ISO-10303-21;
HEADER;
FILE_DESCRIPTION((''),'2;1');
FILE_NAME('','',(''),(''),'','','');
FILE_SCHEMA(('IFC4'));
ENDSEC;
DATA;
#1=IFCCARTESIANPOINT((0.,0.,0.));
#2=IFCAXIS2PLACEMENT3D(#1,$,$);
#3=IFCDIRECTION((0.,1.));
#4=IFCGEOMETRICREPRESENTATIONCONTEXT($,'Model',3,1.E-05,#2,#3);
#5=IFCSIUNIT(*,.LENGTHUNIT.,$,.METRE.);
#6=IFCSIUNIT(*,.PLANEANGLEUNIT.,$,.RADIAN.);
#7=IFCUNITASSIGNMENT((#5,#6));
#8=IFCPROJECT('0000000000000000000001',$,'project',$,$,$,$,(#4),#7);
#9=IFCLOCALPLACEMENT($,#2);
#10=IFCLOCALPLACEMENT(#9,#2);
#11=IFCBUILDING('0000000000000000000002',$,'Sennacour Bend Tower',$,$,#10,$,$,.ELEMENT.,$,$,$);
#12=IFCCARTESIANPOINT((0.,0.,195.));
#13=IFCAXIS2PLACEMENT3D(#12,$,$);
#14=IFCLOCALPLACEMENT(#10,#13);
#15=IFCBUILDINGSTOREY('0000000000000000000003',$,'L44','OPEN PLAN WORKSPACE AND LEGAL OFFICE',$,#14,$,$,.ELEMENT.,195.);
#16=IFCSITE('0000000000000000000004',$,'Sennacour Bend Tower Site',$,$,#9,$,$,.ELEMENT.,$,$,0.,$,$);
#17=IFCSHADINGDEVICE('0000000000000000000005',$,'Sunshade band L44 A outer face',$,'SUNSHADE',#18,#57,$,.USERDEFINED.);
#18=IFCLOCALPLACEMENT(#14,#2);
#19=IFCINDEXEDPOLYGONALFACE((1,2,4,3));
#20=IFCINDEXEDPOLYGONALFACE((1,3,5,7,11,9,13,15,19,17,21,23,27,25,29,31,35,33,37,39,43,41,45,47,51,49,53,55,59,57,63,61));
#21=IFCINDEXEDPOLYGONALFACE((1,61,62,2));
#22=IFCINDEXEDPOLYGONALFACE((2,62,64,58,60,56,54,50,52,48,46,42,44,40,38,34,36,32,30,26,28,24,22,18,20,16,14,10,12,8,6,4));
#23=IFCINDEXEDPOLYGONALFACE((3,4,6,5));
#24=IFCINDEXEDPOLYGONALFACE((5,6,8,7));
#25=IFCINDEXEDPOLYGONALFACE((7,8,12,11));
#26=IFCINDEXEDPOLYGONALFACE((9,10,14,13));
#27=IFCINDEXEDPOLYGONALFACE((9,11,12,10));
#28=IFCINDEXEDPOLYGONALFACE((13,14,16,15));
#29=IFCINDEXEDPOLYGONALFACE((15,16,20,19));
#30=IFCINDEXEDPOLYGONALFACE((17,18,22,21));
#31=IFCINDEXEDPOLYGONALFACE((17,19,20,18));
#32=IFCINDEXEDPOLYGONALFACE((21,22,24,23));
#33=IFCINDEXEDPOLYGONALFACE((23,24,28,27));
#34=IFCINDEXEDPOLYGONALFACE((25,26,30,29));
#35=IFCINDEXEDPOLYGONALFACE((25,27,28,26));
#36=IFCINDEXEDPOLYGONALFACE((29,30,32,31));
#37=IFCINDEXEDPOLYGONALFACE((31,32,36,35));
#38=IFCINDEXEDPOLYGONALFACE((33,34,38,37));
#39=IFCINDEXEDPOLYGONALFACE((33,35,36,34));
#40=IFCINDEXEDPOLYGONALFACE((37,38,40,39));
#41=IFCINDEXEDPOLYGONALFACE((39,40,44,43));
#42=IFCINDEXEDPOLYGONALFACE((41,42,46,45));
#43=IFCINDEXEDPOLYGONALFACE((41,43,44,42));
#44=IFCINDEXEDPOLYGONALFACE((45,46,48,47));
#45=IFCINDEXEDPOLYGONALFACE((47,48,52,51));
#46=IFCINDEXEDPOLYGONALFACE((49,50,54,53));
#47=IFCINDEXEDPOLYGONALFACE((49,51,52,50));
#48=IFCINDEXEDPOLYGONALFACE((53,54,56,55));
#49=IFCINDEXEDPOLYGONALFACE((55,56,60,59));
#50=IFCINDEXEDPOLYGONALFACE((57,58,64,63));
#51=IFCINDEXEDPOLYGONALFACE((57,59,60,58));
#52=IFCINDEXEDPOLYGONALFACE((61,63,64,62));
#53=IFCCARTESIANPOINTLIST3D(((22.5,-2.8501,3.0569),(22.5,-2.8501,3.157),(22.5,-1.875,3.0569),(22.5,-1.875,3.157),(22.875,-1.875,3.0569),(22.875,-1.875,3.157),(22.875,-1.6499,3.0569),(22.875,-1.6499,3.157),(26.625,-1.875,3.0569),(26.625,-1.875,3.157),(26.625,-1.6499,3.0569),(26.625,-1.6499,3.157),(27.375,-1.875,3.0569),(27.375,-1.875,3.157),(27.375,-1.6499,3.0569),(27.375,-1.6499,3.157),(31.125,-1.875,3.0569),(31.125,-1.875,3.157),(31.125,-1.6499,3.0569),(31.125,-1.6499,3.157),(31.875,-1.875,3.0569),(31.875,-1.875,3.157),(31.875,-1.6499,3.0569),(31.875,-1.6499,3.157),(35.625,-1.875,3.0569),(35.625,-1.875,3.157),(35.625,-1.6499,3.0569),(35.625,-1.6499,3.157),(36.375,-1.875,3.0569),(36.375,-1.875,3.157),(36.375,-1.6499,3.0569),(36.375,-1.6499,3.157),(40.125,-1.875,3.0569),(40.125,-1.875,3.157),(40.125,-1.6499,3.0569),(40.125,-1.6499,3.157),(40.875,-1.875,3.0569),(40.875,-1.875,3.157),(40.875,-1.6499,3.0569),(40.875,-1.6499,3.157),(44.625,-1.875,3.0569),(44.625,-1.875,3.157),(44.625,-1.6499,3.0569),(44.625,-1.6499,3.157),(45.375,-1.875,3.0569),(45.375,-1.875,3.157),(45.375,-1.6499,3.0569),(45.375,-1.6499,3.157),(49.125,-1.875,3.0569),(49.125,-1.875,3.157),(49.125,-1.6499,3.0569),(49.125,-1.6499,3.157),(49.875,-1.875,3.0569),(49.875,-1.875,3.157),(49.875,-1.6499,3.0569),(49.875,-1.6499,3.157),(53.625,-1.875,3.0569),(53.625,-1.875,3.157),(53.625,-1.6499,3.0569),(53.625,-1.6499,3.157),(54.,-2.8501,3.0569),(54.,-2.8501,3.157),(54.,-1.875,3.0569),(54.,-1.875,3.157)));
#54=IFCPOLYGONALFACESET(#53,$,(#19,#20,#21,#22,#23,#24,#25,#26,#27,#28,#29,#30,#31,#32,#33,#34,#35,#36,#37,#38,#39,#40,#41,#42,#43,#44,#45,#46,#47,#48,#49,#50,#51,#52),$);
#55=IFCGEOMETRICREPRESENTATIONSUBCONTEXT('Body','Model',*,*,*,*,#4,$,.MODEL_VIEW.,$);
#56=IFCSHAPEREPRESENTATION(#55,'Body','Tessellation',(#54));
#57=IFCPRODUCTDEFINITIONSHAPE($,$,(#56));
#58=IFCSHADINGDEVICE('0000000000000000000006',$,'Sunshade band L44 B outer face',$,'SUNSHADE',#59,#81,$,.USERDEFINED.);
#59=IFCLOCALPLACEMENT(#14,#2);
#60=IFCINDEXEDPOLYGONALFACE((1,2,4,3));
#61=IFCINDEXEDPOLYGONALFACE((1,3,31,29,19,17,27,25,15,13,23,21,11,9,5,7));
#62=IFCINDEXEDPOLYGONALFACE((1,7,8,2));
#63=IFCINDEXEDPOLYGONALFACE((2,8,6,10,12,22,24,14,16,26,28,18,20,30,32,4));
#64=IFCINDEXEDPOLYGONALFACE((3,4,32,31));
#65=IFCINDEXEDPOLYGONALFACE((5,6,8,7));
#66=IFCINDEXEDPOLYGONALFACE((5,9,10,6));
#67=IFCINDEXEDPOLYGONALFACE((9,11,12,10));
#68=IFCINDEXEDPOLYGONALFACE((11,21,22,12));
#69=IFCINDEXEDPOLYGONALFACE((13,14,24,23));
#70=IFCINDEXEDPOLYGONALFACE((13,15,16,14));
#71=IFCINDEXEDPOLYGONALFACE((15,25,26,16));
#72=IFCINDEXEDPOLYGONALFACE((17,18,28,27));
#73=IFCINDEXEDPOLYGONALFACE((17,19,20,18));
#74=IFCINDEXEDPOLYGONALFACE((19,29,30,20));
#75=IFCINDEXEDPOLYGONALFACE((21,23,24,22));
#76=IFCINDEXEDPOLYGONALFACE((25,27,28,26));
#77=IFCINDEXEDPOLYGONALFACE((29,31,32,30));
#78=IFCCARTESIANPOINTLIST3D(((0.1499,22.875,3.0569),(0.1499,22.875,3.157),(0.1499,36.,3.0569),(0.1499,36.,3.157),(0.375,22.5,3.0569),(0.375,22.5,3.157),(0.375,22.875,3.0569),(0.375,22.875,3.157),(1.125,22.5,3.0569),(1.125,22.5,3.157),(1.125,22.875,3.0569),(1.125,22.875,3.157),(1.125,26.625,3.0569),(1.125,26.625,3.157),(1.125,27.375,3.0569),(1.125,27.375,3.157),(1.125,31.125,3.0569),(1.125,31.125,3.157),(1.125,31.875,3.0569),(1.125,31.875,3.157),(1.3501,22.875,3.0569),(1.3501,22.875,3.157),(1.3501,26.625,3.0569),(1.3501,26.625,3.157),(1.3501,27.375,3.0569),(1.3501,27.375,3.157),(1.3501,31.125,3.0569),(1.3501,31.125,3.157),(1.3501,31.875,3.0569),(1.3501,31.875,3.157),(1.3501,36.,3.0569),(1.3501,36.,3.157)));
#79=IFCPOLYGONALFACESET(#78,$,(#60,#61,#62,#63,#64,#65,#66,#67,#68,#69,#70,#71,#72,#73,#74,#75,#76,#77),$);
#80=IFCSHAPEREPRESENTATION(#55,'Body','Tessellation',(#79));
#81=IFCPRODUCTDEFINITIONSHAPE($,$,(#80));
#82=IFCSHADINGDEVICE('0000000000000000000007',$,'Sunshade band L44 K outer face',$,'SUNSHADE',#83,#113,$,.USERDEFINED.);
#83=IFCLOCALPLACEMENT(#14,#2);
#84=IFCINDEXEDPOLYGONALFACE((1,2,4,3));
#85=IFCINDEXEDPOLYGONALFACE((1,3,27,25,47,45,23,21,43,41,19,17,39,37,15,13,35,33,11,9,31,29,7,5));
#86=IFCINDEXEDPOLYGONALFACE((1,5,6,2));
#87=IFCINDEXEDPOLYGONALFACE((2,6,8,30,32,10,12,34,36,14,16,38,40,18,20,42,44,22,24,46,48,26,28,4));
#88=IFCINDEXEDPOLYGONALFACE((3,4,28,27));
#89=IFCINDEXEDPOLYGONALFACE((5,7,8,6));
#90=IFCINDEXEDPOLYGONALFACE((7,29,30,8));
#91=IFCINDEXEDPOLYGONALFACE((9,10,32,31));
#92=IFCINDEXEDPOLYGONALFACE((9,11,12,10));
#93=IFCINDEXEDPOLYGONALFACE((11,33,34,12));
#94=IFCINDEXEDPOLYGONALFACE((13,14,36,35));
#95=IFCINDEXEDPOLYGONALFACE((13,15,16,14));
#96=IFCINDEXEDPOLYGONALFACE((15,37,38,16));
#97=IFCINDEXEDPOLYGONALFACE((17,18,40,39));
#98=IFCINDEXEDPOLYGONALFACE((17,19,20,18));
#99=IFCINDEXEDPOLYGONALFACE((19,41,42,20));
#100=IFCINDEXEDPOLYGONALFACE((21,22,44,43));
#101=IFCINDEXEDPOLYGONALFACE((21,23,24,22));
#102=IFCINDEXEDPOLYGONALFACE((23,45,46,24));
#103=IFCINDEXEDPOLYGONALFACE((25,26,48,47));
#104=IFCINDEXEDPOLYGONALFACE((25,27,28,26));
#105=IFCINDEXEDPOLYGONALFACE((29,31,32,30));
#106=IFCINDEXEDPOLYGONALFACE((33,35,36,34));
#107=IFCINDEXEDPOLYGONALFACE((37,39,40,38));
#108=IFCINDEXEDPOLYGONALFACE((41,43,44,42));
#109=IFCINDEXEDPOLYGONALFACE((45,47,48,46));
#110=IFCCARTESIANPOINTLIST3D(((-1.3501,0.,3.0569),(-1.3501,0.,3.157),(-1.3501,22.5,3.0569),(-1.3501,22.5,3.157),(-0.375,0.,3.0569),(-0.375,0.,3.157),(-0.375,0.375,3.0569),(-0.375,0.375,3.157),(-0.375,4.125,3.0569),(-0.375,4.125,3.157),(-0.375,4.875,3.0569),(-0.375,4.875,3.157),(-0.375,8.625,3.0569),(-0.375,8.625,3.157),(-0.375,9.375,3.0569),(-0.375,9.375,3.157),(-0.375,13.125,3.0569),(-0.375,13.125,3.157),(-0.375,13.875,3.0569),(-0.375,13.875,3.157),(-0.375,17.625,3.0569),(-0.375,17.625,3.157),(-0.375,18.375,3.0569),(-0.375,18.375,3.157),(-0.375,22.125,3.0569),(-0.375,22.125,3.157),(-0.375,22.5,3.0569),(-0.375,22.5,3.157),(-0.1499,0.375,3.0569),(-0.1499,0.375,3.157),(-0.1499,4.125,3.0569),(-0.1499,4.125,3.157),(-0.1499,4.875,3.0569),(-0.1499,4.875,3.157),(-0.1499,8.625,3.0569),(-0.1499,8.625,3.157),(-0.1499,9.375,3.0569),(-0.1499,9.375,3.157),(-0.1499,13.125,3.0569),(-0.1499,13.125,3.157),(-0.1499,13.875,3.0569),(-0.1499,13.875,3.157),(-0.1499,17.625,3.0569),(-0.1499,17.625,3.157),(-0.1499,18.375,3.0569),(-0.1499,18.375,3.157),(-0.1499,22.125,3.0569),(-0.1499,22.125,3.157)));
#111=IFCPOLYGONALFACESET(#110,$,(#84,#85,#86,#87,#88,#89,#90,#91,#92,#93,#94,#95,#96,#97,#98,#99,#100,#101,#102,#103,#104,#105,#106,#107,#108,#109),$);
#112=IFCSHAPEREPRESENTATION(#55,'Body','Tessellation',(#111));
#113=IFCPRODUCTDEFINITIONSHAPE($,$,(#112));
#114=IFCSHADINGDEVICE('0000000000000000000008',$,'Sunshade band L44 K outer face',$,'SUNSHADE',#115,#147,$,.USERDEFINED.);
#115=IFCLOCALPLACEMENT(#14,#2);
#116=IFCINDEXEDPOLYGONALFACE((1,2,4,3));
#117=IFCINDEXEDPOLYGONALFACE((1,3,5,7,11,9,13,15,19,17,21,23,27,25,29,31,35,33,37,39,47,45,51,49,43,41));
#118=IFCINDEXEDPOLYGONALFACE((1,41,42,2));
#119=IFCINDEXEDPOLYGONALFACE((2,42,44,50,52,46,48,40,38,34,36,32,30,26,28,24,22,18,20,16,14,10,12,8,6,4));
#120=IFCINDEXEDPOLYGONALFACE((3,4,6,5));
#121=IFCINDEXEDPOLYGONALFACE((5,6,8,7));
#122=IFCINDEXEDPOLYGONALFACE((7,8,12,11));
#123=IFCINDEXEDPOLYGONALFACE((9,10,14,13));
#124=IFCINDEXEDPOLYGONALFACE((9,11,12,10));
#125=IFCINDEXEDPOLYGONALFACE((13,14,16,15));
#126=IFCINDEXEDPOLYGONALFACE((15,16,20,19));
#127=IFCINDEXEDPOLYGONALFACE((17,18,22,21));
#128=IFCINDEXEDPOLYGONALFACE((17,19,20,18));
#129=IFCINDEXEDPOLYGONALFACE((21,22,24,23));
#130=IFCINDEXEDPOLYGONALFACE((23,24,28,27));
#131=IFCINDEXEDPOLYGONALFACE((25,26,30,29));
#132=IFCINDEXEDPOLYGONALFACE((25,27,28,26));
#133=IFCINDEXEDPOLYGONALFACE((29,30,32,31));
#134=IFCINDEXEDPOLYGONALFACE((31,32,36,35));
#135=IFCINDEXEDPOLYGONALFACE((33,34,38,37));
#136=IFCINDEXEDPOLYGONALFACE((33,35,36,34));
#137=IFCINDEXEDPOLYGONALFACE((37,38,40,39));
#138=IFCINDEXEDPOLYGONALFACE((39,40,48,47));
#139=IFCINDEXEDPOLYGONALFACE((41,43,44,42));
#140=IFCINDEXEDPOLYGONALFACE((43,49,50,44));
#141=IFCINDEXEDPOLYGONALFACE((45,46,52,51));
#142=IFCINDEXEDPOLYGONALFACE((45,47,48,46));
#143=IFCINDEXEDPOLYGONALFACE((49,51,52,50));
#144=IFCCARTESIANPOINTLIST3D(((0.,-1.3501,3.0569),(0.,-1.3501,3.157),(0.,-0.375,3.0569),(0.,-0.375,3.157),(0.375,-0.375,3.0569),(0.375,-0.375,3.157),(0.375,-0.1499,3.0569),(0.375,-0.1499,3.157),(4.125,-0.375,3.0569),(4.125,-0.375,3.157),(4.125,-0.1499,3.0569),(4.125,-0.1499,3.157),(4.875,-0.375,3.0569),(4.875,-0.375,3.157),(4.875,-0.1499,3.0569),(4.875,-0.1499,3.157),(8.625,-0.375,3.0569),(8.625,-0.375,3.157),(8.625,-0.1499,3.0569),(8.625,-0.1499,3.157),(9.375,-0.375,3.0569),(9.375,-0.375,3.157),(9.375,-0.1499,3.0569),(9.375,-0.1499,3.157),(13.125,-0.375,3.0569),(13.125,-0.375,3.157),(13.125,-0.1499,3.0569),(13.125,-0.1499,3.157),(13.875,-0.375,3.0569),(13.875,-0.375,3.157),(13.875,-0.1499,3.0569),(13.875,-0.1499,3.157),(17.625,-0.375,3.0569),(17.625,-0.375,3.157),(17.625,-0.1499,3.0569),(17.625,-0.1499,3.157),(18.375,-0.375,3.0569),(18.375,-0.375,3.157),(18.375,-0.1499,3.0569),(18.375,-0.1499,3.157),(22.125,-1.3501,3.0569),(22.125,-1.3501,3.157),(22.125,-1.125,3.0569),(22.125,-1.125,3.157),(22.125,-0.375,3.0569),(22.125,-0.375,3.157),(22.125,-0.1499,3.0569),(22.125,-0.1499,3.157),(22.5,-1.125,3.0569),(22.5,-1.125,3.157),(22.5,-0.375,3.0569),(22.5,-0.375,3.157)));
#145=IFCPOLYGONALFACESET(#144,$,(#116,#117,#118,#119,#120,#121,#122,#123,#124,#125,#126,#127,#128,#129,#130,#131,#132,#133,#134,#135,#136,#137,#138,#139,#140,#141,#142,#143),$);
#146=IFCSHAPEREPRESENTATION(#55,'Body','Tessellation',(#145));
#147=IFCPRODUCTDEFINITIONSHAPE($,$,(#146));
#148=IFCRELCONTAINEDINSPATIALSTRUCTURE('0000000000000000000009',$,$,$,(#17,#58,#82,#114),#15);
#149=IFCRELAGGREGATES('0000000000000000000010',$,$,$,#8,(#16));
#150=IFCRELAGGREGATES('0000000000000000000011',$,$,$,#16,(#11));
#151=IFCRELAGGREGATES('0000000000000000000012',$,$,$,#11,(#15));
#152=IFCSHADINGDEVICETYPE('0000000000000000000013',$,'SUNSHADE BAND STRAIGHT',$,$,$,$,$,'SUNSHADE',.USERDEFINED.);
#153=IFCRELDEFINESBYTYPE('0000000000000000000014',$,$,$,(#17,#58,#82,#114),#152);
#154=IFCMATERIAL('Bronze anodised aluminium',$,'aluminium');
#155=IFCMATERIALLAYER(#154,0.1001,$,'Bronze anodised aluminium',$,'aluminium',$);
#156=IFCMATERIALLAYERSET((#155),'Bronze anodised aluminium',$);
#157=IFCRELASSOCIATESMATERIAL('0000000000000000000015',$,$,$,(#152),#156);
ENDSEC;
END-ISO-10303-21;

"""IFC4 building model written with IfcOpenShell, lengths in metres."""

from ifc_helpers import new_model, si_unit, direction, frame, origin, place, context, subcontext, project, spatial, polyline, outline, extrude, material, layer, layer_set, type_object, element, save


model = new_model("IFC4")

# Units and contexts
model_context = context("Model", 3, precision=1e-05, world=origin(), true_north=direction((0.0, 1.0)))
body_context = subcontext(model_context, "Body", "Model", "MODEL_VIEW")
ifc_project = project(units=[si_unit("LENGTHUNIT", "METRE"), si_unit("PLANEANGLEUNIT", "RADIAN")], contexts=[model_context])

# Site, building, storey
site_placement = place(None, origin())
site = spatial("IfcSite", under=ifc_project, at=site_placement, Name="Sennacour Bend Tower Site", CompositionType="ELEMENT", RefElevation=0.0)
building_placement = place(site_placement, origin())
building = spatial("IfcBuilding", under=site, at=building_placement, Name="Sennacour Bend Tower", CompositionType="ELEMENT")
storey_placement = place(building_placement, frame((0.0, 0.0, 195.0)))
storey = spatial("IfcBuildingStorey", under=building, at=storey_placement, Name="L44", Description="OPEN PLAN WORKSPACE AND LEGAL OFFICE", CompositionType="ELEMENT", Elevation=195.0)

# Shading devices
ifc_material_1 = material(Name="Bronze anodised aluminium", Category="aluminium")
ifc_layer_1 = layer(ifc_material_1, 0.1001, Name="Bronze anodised aluminium", Category="aluminium")
ifc_layer_set_1 = layer_set([ifc_layer_1], Name="Bronze anodised aluminium")
shading_device_type_1 = type_object("IfcShadingDeviceType", Name="SUNSHADE BAND STRAIGHT", ElementType="SUNSHADE", PredefinedType="USERDEFINED", material=ifc_layer_set_1)
shading_device_1_placement = place(storey_placement, frame((0.0, 0.0, 3.0569)))
element("IfcShadingDevice", 1, at=shading_device_1_placement, inside=storey, type_object=shading_device_type_1, Name="Sunshade band L44 A outer face", ObjectType="SUNSHADE", PredefinedType="USERDEFINED", context=body_context, shape_type="SweptSolid", body=[
    extrude(outline(polyline([(26.625, -1.6499), (26.625, -1.875), (27.375, -1.875), (27.375, -1.6499), (31.125, -1.6499), (31.125, -1.875), (31.875, -1.875), (31.875, -1.6499), (35.625, -1.6499), (35.625, -1.875), (36.375, -1.875), (36.375, -1.6499), (40.125, -1.6499), (40.125, -1.875), (40.875, -1.875), (40.875, -1.6499), (44.625, -1.6499), (44.625, -1.875), (45.375, -1.875), (45.375, -1.6499), (49.125, -1.6499), (49.125, -1.875), (49.875, -1.875), (49.875, -1.6499), (53.625, -1.6499), (53.625, -1.875), (54.0, -1.875), (54.0, -2.8501), (22.5, -2.8501), (22.5, -1.875), (22.875, -1.875), (22.875, -1.6499), (26.625, -1.6499)])), origin(), (0.0, 0.0, 1.0), 0.1001),
])
shading_device_2_placement = place(storey_placement, frame((0.0, 0.0, 3.0569)))
element("IfcShadingDevice", 2, at=shading_device_2_placement, inside=storey, type_object=shading_device_type_1, Name="Sunshade band L44 B outer face", ObjectType="SUNSHADE", PredefinedType="USERDEFINED", context=body_context, shape_type="SweptSolid", body=[
    extrude(outline(polyline([(1.3501, 31.875), (1.125, 31.875), (1.125, 31.125), (1.3501, 31.125), (1.3501, 27.375), (1.125, 27.375), (1.125, 26.625), (1.3501, 26.625), (1.3501, 22.875), (1.125, 22.875), (1.125, 22.5), (0.375, 22.5), (0.375, 22.875), (0.1499, 22.875), (0.1499, 36.0), (1.3501, 36.0), (1.3501, 31.875)])), origin(), (0.0, 0.0, 1.0), 0.1001),
])
shading_device_3_placement = place(storey_placement, frame((0.0, 0.0, 3.0569)))
element("IfcShadingDevice", 3, at=shading_device_3_placement, inside=storey, type_object=shading_device_type_1, Name="Sunshade band L44 K outer face", ObjectType="SUNSHADE", PredefinedType="USERDEFINED", context=body_context, shape_type="SweptSolid", body=[
    extrude(outline(polyline([(-0.1499, 18.375), (-0.375, 18.375), (-0.375, 17.625), (-0.1499, 17.625), (-0.1499, 13.875), (-0.375, 13.875), (-0.375, 13.125), (-0.1499, 13.125), (-0.1499, 9.375), (-0.375, 9.375), (-0.375, 8.625), (-0.1499, 8.625), (-0.1499, 4.875), (-0.375, 4.875), (-0.375, 4.125), (-0.1499, 4.125), (-0.1499, 0.375), (-0.375, 0.375), (-0.375, 0.0), (-1.3501, 0.0), (-1.3501, 22.5), (-0.375, 22.5), (-0.375, 22.125), (-0.1499, 22.125), (-0.1499, 18.375)])), origin(), (0.0, 0.0, 1.0), 0.1001),
])
shading_device_4_placement = place(storey_placement, frame((0.0, 0.0, 3.0569)))
element("IfcShadingDevice", 4, at=shading_device_4_placement, inside=storey, type_object=shading_device_type_1, Name="Sunshade band L44 K outer face", ObjectType="SUNSHADE", PredefinedType="USERDEFINED", context=body_context, shape_type="SweptSolid", body=[
    extrude(outline(polyline([(4.125, -0.1499), (4.125, -0.375), (4.875, -0.375), (4.875, -0.1499), (8.625, -0.1499), (8.625, -0.375), (9.375, -0.375), (9.375, -0.1499), (13.125, -0.1499), (13.125, -0.375), (13.875, -0.375), (13.875, -0.1499), (17.625, -0.1499), (17.625, -0.375), (18.375, -0.375), (18.375, -0.1499), (22.125, -0.1499), (22.125, -0.375), (22.5, -0.375), (22.5, -1.125), (22.125, -1.125), (22.125, -1.3501), (0.0, -1.3501), (0.0, -0.375), (0.375, -0.375), (0.375, -0.1499), (4.125, -0.1499)])), origin(), (0.0, 0.0, 1.0), 0.1001),
])

save(model, "model.ifc")
